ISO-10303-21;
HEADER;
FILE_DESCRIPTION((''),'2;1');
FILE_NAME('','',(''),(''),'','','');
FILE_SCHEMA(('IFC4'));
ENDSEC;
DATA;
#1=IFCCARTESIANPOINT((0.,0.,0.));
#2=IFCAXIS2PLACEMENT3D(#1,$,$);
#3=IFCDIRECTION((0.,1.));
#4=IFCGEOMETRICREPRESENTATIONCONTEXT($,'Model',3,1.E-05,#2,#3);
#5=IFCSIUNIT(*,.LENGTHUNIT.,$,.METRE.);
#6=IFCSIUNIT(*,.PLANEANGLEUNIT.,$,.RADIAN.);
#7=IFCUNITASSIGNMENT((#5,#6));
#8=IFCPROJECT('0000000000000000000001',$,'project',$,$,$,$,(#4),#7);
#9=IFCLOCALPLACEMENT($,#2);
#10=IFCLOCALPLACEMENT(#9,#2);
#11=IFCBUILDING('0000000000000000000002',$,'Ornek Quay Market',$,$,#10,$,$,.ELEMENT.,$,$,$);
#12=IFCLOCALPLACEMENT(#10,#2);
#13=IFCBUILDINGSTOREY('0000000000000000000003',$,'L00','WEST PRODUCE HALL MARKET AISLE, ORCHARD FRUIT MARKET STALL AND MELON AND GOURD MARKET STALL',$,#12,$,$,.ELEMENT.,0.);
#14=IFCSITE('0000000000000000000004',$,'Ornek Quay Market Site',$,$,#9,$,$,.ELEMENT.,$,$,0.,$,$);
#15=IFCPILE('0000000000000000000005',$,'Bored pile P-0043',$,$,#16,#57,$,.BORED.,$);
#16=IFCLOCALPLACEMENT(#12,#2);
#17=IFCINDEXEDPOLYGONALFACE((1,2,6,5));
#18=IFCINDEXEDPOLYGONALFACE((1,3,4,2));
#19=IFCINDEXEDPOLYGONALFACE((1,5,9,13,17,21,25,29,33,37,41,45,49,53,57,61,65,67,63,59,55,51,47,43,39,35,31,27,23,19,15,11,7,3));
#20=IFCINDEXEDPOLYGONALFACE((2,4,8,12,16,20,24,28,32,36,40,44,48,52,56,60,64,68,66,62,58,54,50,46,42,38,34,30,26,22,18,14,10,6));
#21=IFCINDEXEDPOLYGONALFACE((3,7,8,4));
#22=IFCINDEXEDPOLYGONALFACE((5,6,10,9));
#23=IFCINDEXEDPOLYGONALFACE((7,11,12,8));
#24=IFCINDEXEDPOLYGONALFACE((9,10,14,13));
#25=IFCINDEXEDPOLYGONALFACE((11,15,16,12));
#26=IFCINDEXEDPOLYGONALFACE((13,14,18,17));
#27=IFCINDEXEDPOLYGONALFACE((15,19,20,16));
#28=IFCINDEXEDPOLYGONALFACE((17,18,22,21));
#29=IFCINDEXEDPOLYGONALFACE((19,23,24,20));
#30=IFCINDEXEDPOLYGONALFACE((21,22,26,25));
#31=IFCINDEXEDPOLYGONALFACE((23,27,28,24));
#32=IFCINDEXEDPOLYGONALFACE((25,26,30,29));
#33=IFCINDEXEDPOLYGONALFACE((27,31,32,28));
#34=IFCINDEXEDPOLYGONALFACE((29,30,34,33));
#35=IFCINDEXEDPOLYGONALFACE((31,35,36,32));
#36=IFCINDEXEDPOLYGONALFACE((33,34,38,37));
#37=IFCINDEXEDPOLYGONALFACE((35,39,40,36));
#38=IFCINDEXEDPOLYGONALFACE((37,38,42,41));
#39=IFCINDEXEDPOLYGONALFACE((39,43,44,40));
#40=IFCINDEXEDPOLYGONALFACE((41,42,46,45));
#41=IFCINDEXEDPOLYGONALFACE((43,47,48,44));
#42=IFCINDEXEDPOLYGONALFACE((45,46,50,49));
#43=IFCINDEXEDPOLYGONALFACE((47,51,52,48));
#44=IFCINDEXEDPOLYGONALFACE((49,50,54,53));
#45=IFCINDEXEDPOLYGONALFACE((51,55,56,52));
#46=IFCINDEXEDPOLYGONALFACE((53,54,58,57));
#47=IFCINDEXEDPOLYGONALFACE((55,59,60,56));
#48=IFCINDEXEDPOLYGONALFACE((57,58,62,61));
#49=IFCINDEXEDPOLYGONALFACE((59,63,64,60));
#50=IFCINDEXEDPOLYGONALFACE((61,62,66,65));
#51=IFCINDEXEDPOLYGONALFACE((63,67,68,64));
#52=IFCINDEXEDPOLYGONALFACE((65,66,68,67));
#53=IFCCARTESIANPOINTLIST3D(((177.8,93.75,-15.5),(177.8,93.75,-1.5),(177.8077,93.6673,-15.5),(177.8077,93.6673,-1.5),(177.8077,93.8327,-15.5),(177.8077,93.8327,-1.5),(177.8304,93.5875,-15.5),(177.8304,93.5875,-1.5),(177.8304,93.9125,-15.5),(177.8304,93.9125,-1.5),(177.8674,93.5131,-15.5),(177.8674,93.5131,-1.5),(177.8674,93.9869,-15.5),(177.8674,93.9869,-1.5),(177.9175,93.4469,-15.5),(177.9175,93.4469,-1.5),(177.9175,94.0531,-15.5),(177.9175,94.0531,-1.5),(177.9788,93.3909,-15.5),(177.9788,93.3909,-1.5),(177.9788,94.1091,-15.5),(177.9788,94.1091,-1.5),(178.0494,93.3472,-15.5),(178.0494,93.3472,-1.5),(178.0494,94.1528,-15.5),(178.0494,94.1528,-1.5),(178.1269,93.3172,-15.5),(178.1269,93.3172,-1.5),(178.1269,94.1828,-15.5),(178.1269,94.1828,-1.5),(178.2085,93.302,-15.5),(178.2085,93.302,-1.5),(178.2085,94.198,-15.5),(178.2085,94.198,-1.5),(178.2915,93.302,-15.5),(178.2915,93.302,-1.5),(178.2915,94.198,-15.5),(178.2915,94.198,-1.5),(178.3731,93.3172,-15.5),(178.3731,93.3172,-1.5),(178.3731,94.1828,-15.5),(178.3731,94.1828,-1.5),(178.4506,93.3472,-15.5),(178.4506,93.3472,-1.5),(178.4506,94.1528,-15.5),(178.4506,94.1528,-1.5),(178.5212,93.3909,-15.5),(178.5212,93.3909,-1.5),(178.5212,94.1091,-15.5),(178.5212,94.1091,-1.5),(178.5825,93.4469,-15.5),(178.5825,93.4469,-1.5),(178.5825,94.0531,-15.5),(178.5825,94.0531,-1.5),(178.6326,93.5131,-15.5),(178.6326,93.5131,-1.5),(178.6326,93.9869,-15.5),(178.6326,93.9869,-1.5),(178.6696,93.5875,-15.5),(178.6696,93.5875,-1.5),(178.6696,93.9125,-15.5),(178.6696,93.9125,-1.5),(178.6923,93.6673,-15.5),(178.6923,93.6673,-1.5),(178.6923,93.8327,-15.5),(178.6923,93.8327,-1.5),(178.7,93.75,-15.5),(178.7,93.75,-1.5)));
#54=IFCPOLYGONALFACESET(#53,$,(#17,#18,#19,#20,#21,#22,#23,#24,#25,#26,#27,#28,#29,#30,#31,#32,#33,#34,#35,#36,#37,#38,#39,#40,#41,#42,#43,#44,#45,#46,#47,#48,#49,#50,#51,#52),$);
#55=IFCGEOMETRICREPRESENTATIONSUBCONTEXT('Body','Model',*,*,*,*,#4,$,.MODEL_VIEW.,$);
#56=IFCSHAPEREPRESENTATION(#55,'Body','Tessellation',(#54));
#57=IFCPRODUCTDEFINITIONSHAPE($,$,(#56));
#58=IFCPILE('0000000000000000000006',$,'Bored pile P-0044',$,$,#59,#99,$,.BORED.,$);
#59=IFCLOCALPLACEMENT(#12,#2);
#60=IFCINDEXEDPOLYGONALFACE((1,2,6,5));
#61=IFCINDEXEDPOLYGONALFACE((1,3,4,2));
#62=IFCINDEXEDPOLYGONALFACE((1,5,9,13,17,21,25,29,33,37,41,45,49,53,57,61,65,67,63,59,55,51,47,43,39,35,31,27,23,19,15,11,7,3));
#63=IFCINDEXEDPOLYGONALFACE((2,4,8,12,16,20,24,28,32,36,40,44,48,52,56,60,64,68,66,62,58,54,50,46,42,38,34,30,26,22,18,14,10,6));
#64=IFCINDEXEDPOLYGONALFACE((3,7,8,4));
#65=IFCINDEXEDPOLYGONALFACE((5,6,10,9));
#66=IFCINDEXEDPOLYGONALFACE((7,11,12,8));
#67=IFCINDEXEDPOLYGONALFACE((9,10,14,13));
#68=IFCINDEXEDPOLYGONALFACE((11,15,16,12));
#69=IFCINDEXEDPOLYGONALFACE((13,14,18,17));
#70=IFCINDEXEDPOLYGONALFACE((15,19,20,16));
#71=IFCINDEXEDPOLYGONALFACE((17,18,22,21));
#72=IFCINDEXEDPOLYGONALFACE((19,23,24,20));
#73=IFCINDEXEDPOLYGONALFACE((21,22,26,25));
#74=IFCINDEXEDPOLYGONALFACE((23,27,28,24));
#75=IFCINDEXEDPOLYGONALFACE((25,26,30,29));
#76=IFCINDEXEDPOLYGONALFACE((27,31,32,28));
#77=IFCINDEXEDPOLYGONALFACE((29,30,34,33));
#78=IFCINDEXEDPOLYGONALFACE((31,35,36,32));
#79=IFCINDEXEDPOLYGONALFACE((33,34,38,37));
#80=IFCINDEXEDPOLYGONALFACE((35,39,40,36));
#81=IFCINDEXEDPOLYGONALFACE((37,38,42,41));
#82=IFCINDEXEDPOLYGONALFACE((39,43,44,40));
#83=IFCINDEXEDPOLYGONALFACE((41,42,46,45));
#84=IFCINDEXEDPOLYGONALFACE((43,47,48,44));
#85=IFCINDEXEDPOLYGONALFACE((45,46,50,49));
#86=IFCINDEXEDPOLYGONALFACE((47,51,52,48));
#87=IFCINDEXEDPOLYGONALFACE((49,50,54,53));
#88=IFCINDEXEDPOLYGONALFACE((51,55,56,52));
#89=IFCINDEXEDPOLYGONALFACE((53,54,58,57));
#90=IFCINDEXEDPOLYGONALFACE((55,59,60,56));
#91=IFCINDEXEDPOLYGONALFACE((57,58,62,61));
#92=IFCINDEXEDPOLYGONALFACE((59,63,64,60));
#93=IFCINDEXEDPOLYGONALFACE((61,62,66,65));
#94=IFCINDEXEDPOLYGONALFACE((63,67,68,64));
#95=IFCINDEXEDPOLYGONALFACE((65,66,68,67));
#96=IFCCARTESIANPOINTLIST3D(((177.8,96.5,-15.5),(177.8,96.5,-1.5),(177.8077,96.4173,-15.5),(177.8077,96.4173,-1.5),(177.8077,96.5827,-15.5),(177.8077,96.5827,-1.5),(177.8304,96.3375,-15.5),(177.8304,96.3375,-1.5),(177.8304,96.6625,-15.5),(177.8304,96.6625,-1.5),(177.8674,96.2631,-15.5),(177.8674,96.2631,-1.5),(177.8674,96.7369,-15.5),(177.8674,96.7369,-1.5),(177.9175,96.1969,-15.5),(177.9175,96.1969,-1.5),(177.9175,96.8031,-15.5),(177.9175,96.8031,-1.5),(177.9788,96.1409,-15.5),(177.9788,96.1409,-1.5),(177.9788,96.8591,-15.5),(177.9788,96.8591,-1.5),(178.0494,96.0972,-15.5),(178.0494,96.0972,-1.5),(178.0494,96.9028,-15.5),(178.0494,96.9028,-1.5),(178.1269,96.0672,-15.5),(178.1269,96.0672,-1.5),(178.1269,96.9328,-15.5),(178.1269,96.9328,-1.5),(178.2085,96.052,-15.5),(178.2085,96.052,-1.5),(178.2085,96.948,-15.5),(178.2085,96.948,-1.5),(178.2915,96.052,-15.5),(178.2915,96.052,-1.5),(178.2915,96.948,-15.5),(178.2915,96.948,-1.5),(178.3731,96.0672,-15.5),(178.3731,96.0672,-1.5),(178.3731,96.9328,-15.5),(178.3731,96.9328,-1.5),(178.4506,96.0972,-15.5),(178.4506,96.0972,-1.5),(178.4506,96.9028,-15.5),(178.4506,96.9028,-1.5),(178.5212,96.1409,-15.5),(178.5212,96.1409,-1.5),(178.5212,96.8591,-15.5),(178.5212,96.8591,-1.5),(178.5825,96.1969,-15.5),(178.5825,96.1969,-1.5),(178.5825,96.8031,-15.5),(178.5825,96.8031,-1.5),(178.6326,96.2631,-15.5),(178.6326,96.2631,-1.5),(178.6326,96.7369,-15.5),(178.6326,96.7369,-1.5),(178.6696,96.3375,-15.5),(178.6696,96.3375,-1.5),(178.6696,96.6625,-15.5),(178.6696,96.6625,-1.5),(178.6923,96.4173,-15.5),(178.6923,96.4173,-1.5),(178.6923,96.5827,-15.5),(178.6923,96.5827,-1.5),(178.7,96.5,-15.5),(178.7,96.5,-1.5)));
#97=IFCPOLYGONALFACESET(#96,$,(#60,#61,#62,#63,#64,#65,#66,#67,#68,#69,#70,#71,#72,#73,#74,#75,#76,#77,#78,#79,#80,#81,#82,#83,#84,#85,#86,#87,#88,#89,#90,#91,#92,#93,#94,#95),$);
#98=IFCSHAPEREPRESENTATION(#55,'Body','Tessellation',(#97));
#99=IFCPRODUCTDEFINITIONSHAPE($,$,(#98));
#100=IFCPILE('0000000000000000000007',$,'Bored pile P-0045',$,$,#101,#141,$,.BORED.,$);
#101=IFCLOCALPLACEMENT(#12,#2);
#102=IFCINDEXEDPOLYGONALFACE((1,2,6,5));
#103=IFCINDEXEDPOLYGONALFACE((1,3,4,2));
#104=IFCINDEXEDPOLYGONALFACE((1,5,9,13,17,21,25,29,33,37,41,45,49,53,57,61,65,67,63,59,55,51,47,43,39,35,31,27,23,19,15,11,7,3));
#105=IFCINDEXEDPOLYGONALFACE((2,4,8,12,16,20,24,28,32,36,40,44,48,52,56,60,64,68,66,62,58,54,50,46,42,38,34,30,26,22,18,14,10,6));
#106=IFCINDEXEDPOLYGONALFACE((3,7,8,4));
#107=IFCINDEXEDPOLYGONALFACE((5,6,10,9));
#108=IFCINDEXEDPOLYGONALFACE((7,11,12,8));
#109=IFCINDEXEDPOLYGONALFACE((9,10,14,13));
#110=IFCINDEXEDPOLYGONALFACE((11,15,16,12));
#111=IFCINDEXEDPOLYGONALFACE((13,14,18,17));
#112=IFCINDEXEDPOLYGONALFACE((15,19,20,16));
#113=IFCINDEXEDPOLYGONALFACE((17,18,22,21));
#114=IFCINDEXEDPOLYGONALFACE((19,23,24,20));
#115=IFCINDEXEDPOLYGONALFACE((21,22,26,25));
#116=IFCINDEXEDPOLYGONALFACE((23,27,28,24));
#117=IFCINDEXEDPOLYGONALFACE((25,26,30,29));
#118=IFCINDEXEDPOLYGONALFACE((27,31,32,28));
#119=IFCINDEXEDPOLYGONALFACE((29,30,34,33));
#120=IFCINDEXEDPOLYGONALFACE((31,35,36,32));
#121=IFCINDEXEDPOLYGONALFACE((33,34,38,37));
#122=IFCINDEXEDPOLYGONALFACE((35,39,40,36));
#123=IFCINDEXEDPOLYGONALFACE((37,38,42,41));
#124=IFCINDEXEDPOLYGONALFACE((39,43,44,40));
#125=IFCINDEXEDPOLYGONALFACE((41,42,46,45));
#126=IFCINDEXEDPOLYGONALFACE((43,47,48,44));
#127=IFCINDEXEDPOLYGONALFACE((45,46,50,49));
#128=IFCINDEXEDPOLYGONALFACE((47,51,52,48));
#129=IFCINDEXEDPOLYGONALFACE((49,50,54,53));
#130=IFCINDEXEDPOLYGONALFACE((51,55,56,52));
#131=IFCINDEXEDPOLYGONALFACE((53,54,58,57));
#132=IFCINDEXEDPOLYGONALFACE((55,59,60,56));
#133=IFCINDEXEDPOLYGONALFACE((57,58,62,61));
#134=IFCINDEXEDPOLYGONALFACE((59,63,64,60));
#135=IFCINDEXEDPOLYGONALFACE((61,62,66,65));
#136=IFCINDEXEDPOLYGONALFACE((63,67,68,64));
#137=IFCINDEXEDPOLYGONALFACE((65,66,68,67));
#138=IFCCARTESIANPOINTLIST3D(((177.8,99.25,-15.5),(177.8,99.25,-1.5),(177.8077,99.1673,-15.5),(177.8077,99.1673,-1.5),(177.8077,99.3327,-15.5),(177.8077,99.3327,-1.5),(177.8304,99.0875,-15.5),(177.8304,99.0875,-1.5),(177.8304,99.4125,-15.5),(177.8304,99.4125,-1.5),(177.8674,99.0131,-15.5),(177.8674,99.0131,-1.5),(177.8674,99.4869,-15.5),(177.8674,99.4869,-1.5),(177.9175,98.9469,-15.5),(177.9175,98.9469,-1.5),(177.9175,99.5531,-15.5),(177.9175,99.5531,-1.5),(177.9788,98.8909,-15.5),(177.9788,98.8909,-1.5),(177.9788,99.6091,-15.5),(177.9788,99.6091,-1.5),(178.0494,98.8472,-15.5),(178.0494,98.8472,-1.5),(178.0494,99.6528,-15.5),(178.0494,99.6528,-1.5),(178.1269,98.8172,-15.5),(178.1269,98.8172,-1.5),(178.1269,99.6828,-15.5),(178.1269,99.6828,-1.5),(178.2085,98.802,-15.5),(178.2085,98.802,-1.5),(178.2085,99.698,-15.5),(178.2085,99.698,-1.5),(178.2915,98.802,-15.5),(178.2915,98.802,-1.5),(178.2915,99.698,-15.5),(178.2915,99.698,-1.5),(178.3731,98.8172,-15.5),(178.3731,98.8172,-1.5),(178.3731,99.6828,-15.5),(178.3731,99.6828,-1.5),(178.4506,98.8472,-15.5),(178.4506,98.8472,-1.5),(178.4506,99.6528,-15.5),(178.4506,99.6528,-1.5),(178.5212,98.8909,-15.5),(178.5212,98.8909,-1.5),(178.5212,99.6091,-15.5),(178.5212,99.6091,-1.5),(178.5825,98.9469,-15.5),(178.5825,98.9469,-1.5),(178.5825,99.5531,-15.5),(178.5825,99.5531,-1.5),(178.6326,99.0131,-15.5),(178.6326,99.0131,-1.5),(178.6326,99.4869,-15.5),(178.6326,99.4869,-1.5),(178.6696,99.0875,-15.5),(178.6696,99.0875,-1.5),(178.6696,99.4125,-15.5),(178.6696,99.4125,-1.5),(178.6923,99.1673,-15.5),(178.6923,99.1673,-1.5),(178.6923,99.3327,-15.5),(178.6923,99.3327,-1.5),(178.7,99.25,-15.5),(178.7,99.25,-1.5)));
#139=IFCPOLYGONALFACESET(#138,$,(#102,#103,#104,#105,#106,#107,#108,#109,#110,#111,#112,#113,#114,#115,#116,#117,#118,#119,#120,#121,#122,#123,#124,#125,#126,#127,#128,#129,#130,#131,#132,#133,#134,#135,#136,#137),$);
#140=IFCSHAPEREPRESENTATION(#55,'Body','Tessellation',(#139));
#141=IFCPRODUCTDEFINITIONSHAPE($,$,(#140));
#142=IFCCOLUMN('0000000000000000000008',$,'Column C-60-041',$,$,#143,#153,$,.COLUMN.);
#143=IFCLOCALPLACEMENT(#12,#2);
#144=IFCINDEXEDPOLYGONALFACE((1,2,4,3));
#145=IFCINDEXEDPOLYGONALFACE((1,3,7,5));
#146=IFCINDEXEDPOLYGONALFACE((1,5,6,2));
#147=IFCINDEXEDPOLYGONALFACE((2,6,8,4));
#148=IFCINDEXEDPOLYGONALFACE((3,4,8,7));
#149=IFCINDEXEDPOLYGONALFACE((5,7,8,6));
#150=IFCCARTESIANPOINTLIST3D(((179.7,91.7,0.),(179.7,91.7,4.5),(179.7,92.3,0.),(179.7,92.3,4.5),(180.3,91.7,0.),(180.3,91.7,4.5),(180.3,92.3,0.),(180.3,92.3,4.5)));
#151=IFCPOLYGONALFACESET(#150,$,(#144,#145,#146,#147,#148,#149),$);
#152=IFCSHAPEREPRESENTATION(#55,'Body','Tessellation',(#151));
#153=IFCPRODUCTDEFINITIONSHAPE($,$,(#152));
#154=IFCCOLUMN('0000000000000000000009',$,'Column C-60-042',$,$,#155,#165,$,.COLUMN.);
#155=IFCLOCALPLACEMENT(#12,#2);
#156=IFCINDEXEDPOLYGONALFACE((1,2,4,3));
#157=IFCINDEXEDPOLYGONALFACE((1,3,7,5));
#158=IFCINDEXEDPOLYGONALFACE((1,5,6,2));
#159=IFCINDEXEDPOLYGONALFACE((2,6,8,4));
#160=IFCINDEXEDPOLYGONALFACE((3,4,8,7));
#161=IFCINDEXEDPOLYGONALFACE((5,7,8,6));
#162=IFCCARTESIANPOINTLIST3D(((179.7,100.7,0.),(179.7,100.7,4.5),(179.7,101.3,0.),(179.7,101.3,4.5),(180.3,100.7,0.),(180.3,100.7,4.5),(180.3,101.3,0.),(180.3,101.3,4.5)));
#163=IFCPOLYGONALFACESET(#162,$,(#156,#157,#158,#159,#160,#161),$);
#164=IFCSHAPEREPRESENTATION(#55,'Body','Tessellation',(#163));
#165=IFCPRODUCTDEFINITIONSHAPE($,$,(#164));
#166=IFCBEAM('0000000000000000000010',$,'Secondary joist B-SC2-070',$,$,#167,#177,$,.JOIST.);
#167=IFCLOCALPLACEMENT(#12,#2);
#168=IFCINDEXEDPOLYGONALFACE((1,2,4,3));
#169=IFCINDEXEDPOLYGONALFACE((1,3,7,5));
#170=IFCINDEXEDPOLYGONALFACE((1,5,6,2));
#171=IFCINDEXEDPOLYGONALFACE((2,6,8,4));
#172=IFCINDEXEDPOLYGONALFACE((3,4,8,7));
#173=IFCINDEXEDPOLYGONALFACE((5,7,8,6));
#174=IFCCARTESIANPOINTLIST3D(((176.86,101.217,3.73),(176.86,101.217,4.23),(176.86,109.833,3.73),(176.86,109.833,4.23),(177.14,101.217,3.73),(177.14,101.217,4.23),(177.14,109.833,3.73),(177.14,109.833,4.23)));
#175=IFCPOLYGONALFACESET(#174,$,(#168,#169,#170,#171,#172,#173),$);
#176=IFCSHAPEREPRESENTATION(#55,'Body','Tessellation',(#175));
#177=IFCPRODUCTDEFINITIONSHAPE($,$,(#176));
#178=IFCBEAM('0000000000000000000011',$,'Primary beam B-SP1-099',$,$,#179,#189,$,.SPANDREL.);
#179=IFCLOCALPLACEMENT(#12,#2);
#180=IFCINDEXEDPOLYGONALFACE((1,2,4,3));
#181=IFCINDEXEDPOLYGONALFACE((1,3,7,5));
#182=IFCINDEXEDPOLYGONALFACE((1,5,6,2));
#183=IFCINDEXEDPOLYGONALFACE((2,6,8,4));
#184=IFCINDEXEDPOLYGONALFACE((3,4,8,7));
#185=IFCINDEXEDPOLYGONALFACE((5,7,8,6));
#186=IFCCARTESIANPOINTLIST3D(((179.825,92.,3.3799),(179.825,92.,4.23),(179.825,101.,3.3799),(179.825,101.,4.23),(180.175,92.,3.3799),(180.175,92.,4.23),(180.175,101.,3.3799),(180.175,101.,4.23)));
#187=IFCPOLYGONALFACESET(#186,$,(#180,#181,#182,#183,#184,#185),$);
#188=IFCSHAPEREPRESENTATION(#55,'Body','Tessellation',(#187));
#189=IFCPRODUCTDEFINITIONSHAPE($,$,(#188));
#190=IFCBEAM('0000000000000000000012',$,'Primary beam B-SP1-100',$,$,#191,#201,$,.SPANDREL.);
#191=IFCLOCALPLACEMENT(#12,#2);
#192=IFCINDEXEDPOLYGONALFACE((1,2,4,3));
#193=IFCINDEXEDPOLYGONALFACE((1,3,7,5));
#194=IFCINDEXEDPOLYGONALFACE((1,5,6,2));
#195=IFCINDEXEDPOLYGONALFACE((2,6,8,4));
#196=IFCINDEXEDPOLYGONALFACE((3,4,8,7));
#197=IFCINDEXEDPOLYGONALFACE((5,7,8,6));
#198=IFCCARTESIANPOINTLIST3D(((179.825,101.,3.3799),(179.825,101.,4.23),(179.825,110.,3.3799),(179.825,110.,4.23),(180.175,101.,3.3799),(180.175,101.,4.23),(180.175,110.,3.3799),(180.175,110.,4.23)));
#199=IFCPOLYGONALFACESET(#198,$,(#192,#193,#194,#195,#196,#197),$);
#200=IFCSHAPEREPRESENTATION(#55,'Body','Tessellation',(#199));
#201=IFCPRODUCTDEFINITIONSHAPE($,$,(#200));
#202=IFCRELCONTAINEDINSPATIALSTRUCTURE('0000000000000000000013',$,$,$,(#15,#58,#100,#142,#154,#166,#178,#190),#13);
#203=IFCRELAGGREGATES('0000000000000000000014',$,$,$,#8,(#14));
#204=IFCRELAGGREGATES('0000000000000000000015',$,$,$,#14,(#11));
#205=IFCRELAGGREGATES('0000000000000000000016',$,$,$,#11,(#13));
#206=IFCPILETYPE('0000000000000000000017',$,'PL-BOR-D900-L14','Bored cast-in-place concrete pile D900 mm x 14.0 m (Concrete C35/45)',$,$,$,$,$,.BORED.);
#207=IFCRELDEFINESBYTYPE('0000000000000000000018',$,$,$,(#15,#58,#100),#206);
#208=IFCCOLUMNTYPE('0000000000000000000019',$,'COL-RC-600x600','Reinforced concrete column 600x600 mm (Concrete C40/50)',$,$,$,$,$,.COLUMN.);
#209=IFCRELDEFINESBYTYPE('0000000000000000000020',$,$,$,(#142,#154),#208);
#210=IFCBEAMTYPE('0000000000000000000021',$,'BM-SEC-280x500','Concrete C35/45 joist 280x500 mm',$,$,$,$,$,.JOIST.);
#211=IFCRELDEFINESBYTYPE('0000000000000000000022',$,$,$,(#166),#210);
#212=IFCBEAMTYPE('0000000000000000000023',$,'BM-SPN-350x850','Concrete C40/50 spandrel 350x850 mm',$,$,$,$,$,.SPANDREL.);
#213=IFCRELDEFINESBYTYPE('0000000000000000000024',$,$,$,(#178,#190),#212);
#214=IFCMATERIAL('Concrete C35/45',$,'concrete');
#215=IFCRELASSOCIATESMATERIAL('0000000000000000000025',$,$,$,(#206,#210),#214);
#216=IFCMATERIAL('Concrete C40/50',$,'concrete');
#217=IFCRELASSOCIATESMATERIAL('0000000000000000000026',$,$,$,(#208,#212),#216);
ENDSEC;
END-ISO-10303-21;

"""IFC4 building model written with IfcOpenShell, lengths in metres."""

from ifc_helpers import new_model, si_unit, direction, frame, origin, origin_2d, place, context, subcontext, project, spatial, rectangle, circle, extrude, material, material_profile, profile_set, type_object, element, save


model = new_model("IFC4")

# Units and contexts
model_context = context("Model", 3, precision=1e-05, world=origin(), true_north=direction((0.0, 1.0)))
body_context = subcontext(model_context, "Body", "Model", "MODEL_VIEW")
ifc_project = project(units=[si_unit("LENGTHUNIT", "METRE"), si_unit("PLANEANGLEUNIT", "RADIAN")], contexts=[model_context])

# Site, building, storey
site_placement = place(None, origin())
site = spatial("IfcSite", under=ifc_project, at=site_placement, Name="Ornek Quay Market Site", CompositionType="ELEMENT", RefElevation=0.0)
building_placement = place(site_placement, origin())
building = spatial("IfcBuilding", under=site, at=building_placement, Name="Ornek Quay Market", CompositionType="ELEMENT")
storey_placement = place(building_placement, origin())
storey = spatial("IfcBuildingStorey", under=building, at=storey_placement, Name="L00", Description="WEST PRODUCE HALL MARKET AISLE, ORCHARD FRUIT MARKET STALL AND MELON AND GOURD MARKET STALL", CompositionType="ELEMENT", Elevation=0.0)

# Piles
ifc_material_1 = material(Name="Concrete C35/45", Category="concrete")
ifc_material_profile_1 = material_profile(ifc_material_1, circle(Radius=0.45, at=origin_2d()), Name="PILE D900", Category="concrete")
ifc_profile_set_1 = profile_set([ifc_material_profile_1], Name="Concrete C35/45")
pile_type = type_object("IfcPileType", Name="PL-BOR-D900-L14", Description="Bored cast-in-place concrete pile D900 mm x 14.0 m (Concrete C35/45)", PredefinedType="BORED", material=ifc_profile_set_1)
for number, where, z_axis, x_axis, name in (
    (1, (178.25, 93.75, -1.5), (0.0, 0.0, -1.0), (1.0, 0.0, 0.0), "Bored pile P-0043"),
    (2, (178.25, 96.5, -1.5), (0.0, 0.0, -1.0), (1.0, 0.0, 0.0), "Bored pile P-0044"),
    (3, (178.25, 99.25, -1.5), (0.0, 0.0, -1.0), (1.0, 0.0, 0.0), "Bored pile P-0045"),
):
    element("IfcPile", number, at=place(storey_placement, frame(where, z_axis=z_axis, x_axis=x_axis)), inside=storey, type_object=pile_type, Name=name, PredefinedType="BORED", context=body_context, shape_type="SweptSolid", body=[
        extrude(circle(Radius=0.45, at=origin_2d()), origin(), (0.0, 0.0, 1.0), 14.0),
    ])

# Columns
ifc_material_2 = material(Name="Concrete C40/50", Category="concrete")
ifc_material_profile_2 = material_profile(ifc_material_2, rectangle(XDim=0.6001, YDim=0.6001, at=origin_2d()), Name="RC 600x600", Category="concrete")
ifc_profile_set_2 = profile_set([ifc_material_profile_2], Name="Concrete C40/50")
column_type = type_object("IfcColumnType", Name="COL-RC-600x600", Description="Reinforced concrete column 600x600 mm (Concrete C40/50)", PredefinedType="COLUMN", material=ifc_profile_set_2)
for number, where, z_axis, x_axis, name in (
    (4, (180.0, 92.0, 0.0), (0.0, 0.0, 1.0), (1.0, 0.0, 0.0), "Column C-60-041"),
    (5, (180.0, 101.0, 0.0), (0.0, 0.0, 1.0), (1.0, 0.0, 0.0), "Column C-60-042"),
):
    element("IfcColumn", number, at=place(storey_placement, frame(where, z_axis=z_axis, x_axis=x_axis)), inside=storey, type_object=column_type, Name=name, PredefinedType="COLUMN", context=body_context, shape_type="SweptSolid", body=[
        extrude(rectangle(XDim=0.6001, YDim=0.6001, at=origin_2d()), origin(), (0.0, 0.0, 1.0), 4.5),
    ])

# Beams
ifc_material_profile_3 = material_profile(ifc_material_1, rectangle(XDim=0.28, YDim=0.5, at=origin_2d()), Name="RC 280x500", Category="concrete")
ifc_profile_set_3 = profile_set([ifc_material_profile_3], Name="Concrete C35/45")
beam_type_1 = type_object("IfcBeamType", Name="BM-SEC-280x500", Description="Concrete C35/45 joist 280x500 mm", PredefinedType="JOIST", material=ifc_profile_set_3)
beam_placement = place(storey_placement, frame((177.0, 101.217, 3.98), z_axis=(0.0, 1.0, 0.0), x_axis=(-1.0, 0.0, 0.0)))
element("IfcBeam", 6, at=beam_placement, inside=storey, type_object=beam_type_1, Name="Secondary joist B-SC2-070", PredefinedType="JOIST", context=body_context, shape_type="SweptSolid", body=[
    extrude(rectangle(XDim=0.28, YDim=0.5, at=origin_2d()), origin(), (0.0, 0.0, 1.0), 8.616),
])
ifc_material_profile_4 = material_profile(ifc_material_2, rectangle(XDim=0.3501, YDim=0.8501, at=origin_2d()), Name="RC 350x850", Category="concrete")
ifc_profile_set_4 = profile_set([ifc_material_profile_4], Name="Concrete C40/50")
beam_type_2 = type_object("IfcBeamType", Name="BM-SPN-350x850", Description="Concrete C40/50 spandrel 350x850 mm", PredefinedType="SPANDREL", material=ifc_profile_set_4)
for number, where, z_axis, x_axis, name in (
    (7, (180.0, 92.0, 3.8049), (0.0, 1.0, 0.0), (-1.0, 0.0, 0.0), "Primary beam B-SP1-099"),
    (8, (180.0, 101.0, 3.8049), (0.0, 1.0, 0.0), (-1.0, 0.0, 0.0), "Primary beam B-SP1-100"),
):
    element("IfcBeam", number, at=place(storey_placement, frame(where, z_axis=z_axis, x_axis=x_axis)), inside=storey, type_object=beam_type_2, Name=name, PredefinedType="SPANDREL", context=body_context, shape_type="SweptSolid", body=[
        extrude(rectangle(XDim=0.3501, YDim=0.8501, at=origin_2d()), origin(), (0.0, 0.0, 1.0), 9.0),
    ])

save(model, "model.ifc")
